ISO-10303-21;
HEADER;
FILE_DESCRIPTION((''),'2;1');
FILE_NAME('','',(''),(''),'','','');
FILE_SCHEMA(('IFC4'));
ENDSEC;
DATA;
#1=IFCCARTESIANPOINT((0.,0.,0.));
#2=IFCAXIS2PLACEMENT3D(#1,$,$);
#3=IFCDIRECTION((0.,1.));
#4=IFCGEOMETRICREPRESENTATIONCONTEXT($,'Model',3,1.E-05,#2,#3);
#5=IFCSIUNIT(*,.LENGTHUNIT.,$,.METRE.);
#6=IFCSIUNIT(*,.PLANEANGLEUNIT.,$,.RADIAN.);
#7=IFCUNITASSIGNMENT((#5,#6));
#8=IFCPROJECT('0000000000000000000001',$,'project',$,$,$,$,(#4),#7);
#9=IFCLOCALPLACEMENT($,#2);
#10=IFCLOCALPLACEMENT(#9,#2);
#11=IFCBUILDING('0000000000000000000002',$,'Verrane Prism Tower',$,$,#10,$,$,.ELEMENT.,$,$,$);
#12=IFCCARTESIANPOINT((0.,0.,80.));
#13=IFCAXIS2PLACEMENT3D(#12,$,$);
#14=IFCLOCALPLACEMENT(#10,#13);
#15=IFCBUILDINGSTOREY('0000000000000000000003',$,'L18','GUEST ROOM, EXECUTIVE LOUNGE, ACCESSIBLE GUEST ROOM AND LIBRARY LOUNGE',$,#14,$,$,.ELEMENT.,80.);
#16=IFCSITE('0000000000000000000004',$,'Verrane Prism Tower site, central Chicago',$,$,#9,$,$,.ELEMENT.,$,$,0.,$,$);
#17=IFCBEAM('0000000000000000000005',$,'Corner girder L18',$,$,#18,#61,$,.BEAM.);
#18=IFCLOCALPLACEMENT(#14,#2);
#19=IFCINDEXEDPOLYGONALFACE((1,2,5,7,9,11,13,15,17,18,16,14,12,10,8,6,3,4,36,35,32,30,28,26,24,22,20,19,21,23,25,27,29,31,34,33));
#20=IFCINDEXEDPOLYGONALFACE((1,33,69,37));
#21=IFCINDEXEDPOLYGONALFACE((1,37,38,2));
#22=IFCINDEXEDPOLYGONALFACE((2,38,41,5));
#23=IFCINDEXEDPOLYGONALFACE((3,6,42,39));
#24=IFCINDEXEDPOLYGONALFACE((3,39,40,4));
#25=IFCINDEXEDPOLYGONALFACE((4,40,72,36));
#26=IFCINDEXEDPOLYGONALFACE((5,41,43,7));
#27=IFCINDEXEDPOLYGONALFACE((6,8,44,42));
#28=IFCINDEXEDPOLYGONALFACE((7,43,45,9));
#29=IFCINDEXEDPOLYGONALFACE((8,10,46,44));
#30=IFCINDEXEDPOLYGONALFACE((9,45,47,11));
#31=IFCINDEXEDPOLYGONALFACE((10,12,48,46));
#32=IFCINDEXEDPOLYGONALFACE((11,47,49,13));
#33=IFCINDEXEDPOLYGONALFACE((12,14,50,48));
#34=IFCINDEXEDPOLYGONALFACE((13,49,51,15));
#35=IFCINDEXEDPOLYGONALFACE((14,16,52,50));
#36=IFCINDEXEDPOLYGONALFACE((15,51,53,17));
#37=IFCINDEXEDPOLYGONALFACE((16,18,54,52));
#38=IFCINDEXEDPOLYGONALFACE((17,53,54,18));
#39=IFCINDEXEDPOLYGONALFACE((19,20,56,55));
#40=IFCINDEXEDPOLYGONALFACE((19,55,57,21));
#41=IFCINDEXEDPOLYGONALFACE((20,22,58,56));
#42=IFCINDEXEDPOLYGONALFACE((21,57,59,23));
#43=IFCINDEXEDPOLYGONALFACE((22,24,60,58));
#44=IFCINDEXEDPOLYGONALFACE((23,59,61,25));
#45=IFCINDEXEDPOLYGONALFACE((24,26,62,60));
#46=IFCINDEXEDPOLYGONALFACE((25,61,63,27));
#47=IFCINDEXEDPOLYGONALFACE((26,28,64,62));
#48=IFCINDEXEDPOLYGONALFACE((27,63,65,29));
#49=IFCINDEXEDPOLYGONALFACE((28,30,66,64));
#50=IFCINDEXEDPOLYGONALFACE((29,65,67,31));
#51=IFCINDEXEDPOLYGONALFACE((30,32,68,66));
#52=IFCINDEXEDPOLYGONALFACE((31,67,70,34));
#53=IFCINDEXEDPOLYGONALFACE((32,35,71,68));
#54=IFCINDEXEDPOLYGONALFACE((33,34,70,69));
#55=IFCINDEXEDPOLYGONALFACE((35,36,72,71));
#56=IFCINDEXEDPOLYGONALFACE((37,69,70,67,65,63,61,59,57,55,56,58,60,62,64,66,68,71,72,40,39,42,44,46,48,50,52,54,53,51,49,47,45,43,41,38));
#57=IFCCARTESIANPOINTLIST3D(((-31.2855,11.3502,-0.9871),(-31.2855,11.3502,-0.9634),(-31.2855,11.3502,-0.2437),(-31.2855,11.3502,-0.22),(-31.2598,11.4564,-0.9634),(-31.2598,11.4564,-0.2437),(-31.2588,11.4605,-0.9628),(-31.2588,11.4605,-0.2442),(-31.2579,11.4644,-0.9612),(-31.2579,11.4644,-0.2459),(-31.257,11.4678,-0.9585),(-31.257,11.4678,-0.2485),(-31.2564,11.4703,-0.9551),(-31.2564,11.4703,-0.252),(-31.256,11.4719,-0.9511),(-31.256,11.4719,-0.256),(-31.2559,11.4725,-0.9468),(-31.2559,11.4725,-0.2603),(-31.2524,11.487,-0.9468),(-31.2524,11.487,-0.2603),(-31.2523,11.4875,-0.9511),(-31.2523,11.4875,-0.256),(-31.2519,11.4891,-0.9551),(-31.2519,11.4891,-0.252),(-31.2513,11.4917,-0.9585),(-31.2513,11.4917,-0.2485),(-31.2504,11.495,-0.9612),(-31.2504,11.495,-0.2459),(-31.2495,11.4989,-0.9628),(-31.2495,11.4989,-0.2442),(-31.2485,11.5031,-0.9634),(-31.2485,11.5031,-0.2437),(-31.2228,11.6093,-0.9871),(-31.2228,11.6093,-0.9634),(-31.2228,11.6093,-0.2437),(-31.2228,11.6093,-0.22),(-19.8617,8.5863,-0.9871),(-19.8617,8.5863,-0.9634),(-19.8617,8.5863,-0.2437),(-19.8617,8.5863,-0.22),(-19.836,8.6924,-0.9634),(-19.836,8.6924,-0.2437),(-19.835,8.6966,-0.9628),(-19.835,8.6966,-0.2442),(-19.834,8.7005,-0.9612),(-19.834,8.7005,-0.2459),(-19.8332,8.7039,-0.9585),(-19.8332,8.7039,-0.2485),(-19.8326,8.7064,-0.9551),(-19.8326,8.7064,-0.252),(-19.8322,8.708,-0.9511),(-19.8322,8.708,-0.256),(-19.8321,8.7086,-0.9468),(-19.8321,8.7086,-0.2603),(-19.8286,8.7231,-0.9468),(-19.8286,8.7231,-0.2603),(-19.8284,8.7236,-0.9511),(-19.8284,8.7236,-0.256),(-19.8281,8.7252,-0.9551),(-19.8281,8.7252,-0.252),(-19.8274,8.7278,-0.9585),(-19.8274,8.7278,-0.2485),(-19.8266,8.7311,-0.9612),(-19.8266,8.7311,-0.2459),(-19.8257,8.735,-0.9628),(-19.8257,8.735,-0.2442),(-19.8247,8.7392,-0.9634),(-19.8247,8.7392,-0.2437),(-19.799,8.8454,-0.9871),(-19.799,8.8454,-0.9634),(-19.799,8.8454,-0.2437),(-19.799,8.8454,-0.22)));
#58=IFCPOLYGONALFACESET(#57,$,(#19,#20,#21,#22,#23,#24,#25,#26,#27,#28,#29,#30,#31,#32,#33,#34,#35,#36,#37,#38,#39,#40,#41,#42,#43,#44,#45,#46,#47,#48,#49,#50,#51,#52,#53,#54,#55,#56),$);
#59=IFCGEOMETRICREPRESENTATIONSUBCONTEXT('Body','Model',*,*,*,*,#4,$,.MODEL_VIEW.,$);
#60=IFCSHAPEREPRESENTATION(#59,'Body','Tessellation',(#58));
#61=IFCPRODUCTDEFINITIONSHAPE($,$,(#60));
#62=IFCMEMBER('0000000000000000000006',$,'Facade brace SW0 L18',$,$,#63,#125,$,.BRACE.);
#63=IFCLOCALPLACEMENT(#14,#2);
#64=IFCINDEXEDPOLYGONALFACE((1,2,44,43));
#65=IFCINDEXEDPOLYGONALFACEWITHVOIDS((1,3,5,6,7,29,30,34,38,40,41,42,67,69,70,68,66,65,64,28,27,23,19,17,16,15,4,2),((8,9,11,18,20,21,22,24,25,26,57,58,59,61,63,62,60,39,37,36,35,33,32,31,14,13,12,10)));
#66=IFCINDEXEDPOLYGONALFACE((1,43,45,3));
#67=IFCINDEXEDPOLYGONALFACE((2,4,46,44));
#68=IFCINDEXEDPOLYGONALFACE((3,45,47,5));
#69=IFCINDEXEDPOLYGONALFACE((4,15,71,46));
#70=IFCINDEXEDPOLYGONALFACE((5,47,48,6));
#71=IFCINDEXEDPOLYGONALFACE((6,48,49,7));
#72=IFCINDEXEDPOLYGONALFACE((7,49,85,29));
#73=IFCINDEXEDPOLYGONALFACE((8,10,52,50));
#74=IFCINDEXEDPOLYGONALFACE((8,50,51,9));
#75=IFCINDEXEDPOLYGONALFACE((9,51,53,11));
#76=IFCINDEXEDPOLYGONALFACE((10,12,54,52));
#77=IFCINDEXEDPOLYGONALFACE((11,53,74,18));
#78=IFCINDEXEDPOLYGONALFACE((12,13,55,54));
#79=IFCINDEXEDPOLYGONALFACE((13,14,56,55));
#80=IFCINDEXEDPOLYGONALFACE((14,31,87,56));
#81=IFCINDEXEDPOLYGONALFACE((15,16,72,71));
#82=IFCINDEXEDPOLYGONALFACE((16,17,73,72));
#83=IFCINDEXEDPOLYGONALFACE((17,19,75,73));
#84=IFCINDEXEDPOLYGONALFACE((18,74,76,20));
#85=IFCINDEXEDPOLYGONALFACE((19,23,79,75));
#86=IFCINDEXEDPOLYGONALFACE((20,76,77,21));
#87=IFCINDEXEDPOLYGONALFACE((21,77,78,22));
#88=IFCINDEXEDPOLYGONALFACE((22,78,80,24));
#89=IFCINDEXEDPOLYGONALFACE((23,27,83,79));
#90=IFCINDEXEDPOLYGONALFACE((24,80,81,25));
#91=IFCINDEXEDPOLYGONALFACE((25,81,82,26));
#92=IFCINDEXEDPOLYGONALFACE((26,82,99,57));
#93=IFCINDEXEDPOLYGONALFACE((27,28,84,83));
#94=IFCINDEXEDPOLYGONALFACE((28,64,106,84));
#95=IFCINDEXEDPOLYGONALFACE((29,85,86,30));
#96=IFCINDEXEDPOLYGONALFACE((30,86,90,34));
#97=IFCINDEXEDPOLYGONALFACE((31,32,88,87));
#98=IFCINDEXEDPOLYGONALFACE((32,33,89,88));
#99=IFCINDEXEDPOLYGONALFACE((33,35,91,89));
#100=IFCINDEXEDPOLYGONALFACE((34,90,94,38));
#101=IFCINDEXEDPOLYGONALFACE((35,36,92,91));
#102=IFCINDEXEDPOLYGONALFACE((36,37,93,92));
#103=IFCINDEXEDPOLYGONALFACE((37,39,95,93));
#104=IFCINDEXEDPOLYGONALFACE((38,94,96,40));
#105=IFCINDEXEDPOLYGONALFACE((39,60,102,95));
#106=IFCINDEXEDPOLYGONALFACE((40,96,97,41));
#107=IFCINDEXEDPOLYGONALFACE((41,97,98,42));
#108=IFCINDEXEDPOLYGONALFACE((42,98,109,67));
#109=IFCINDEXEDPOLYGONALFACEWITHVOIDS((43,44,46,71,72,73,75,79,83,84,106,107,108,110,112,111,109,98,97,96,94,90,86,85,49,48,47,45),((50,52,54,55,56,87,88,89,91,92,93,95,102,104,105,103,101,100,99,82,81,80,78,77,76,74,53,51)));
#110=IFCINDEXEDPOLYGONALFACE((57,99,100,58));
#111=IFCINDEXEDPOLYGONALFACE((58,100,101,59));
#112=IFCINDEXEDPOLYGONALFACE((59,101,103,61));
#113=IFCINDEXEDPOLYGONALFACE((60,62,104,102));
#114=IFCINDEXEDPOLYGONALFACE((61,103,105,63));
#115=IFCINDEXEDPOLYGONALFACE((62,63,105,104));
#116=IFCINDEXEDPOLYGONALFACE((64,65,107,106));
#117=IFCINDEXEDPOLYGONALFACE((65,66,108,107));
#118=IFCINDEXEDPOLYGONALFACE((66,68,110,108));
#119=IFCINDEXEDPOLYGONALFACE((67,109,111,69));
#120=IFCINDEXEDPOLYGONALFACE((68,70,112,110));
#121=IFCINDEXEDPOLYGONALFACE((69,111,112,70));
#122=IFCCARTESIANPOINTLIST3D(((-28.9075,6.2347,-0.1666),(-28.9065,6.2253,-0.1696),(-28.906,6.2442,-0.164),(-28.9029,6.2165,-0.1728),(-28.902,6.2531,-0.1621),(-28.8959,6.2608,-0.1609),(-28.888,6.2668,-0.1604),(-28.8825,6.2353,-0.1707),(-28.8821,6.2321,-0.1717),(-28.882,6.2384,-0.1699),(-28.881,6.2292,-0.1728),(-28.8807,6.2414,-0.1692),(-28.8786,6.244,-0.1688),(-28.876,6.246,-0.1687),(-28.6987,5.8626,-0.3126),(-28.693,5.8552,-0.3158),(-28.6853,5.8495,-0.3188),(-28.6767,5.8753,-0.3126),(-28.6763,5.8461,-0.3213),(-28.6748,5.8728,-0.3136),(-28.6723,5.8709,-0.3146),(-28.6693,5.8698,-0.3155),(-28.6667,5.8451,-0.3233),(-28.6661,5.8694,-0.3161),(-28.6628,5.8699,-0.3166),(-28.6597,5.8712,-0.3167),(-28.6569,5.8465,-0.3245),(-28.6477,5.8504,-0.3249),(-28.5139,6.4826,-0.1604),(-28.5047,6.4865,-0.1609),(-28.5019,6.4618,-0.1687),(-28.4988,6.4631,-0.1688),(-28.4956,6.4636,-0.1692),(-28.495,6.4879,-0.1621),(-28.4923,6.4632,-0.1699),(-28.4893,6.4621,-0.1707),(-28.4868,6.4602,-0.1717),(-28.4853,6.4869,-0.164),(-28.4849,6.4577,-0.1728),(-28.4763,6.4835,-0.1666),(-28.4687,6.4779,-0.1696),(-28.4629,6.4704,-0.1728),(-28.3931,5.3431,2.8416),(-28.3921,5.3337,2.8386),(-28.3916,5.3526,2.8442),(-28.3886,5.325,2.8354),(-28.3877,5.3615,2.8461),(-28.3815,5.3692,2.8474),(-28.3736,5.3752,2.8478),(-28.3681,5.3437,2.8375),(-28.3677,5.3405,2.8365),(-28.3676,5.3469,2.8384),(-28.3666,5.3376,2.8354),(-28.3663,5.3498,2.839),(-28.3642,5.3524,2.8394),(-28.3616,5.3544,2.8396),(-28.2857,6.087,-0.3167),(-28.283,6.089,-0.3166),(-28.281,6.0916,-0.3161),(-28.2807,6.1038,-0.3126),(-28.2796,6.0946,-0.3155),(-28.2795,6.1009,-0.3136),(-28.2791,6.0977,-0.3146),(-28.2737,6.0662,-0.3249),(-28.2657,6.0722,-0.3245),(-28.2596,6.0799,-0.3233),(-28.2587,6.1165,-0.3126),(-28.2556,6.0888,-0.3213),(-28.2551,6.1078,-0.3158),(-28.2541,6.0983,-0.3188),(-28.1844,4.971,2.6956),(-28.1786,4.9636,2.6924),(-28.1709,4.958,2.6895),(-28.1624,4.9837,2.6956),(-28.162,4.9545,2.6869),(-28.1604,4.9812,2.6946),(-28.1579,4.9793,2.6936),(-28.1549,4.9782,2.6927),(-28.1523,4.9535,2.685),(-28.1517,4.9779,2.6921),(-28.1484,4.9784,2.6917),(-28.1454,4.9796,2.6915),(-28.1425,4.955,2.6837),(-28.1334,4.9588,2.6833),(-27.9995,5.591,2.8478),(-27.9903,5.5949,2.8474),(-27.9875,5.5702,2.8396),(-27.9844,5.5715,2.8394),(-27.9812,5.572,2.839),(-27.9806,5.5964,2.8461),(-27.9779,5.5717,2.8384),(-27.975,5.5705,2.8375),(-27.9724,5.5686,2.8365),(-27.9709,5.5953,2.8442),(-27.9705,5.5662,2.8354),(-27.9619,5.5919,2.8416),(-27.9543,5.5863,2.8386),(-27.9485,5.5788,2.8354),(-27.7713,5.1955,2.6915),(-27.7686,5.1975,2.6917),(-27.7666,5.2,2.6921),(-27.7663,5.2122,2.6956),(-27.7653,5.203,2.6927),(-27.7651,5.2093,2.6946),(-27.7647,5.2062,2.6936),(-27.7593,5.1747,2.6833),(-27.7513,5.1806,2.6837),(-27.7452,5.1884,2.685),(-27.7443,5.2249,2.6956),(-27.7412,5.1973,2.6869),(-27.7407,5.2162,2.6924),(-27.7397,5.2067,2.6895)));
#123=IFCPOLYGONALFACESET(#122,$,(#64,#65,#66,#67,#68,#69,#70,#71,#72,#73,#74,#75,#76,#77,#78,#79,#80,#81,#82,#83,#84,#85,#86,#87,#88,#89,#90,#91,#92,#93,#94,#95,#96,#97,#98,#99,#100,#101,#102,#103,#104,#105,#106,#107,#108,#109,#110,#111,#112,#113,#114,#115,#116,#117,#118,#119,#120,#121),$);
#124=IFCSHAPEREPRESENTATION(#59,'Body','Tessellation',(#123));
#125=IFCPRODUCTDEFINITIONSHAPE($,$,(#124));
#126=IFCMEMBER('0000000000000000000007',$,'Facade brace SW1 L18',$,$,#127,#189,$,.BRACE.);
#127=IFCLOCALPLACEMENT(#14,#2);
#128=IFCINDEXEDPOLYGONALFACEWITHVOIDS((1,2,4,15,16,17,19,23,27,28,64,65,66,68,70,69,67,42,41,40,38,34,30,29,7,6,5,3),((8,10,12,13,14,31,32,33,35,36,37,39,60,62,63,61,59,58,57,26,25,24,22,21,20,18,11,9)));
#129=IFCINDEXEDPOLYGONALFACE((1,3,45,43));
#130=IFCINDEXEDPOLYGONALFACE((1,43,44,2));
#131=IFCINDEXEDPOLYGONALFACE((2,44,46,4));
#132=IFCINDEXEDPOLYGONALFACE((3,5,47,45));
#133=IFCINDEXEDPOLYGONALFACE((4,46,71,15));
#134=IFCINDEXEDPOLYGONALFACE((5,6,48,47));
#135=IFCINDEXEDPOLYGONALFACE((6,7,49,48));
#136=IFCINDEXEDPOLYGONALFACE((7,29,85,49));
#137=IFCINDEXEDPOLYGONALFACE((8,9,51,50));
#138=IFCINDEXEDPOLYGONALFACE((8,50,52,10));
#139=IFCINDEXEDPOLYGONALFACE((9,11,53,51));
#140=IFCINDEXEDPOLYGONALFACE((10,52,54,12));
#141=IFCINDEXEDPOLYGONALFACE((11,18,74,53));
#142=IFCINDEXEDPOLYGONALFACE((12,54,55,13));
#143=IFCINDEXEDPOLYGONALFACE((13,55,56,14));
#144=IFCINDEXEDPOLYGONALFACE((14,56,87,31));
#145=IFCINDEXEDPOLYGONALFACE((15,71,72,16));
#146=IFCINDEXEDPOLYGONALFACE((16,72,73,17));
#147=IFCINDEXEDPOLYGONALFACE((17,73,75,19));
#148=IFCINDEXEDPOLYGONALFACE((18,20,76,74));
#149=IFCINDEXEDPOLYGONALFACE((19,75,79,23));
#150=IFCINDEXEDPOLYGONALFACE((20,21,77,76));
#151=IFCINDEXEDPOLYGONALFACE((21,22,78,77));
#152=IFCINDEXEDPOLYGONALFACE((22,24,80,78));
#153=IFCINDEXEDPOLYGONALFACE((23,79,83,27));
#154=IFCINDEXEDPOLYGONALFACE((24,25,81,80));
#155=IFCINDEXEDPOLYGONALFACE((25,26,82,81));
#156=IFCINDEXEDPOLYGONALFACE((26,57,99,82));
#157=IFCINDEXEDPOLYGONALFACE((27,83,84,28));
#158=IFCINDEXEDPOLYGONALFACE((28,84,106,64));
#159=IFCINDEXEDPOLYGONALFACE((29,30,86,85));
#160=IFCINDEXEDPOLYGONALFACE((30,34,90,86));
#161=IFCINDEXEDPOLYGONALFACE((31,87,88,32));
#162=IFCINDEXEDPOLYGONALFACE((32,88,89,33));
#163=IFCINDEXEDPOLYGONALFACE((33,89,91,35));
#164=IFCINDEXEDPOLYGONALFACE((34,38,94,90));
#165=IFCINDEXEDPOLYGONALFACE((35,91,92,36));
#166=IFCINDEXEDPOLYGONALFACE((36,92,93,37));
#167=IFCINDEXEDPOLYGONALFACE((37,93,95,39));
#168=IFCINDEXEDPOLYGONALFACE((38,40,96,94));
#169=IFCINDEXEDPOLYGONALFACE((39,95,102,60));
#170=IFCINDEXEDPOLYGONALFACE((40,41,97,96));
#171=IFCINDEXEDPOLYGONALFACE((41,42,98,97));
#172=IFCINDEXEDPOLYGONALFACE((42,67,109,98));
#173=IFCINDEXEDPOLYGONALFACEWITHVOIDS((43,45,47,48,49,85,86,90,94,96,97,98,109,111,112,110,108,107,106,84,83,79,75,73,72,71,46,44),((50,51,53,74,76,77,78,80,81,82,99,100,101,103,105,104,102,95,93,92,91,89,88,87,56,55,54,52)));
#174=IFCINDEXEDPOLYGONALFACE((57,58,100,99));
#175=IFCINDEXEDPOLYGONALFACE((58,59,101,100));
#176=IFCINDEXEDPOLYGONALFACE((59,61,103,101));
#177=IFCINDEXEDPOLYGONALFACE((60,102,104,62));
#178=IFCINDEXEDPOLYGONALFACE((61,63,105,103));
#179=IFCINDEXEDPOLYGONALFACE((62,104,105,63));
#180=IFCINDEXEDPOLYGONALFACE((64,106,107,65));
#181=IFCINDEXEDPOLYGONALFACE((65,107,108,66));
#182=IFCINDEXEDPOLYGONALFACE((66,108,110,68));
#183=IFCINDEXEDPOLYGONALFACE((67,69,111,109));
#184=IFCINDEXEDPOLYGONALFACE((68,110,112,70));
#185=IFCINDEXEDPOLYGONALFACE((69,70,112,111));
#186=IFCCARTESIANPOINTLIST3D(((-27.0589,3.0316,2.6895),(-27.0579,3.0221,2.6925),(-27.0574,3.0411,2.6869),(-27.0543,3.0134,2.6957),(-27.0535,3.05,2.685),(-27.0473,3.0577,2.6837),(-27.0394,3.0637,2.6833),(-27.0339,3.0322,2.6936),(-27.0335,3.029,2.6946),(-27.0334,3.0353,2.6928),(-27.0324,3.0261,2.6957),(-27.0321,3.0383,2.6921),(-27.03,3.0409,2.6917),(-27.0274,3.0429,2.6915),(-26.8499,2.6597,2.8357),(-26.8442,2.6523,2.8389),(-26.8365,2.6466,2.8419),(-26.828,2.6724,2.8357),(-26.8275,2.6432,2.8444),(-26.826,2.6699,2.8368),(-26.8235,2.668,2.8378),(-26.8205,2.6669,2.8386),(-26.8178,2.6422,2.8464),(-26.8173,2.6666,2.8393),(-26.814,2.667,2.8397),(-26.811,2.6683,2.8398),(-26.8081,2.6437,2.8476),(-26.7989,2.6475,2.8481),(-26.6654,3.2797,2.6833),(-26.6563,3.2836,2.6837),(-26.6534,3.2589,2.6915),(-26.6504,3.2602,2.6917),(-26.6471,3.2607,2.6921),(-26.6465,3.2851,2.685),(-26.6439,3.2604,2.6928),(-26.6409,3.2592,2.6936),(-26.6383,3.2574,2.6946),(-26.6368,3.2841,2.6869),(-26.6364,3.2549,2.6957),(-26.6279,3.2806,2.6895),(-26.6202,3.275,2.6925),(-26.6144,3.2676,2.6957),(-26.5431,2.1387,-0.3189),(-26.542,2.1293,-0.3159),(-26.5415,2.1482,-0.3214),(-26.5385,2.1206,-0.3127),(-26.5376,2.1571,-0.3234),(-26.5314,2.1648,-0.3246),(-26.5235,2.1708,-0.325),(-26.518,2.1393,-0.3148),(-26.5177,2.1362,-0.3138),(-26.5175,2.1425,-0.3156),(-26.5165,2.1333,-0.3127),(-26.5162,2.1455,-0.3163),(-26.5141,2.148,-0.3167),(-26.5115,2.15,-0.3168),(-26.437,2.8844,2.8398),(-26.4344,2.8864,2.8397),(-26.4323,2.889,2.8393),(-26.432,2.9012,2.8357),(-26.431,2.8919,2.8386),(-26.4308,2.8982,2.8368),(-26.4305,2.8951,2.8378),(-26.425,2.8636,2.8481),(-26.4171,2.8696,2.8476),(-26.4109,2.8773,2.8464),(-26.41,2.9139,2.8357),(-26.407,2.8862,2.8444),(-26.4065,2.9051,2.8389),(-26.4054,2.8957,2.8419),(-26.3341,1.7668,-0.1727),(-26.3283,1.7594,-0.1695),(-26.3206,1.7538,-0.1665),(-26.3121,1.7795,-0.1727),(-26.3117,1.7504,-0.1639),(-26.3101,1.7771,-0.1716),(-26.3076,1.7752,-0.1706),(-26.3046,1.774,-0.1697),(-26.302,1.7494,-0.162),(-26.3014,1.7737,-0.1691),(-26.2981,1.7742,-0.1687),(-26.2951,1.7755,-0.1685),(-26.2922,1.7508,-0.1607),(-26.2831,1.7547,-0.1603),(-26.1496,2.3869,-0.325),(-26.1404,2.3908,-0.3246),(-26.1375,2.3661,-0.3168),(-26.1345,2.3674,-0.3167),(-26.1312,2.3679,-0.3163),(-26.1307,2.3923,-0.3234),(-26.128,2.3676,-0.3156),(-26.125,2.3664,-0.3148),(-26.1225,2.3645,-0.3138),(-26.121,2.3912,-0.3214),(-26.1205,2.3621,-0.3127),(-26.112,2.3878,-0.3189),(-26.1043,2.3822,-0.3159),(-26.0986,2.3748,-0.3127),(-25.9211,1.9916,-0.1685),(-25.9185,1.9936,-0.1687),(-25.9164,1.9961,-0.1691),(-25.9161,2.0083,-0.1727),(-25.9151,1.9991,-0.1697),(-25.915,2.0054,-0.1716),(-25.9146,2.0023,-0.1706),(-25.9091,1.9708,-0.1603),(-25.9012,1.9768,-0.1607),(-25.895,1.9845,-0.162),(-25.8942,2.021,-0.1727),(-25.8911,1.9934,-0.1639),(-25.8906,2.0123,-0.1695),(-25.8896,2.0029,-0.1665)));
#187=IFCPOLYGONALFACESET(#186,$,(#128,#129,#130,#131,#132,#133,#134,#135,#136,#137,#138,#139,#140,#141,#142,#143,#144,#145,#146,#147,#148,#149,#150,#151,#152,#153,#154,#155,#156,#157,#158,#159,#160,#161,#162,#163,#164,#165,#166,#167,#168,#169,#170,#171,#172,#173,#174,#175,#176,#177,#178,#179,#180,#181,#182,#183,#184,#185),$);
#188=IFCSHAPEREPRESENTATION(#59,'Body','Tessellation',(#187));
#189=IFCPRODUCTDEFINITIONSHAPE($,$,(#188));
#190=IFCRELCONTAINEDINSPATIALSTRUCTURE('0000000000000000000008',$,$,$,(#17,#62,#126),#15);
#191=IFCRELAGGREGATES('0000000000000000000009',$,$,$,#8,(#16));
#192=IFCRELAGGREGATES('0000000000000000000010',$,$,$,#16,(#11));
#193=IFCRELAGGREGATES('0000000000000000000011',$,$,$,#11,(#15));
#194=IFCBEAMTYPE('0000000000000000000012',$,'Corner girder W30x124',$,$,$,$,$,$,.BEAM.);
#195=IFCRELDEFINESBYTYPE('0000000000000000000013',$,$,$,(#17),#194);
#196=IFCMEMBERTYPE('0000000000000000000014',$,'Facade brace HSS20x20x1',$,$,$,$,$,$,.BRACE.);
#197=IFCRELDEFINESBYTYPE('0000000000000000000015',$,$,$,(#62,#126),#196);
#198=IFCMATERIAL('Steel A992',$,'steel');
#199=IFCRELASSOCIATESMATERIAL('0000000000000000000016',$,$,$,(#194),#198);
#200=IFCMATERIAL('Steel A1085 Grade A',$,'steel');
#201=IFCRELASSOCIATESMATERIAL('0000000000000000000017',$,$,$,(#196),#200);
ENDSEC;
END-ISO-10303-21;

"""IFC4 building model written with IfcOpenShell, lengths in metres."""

from ifc_helpers import new_model, si_unit, direction, frame, origin, origin_2d, place, context, subcontext, project, spatial, hollow_rectangle, i_section, extrude, material, material_profile, profile_set, type_object, element, save


model = new_model("IFC4")

# Units and contexts
model_context = context("Model", 3, precision=1e-05, world=origin(), true_north=direction((0.0, 1.0)))
body_context = subcontext(model_context, "Body", "Model", "MODEL_VIEW")
ifc_project = project(units=[si_unit("LENGTHUNIT", "METRE"), si_unit("PLANEANGLEUNIT", "RADIAN")], contexts=[model_context])

# Site, building, storey
site_placement = place(None, origin())
site = spatial("IfcSite", under=ifc_project, at=site_placement, Name="Verrane Prism Tower site, central Chicago", CompositionType="ELEMENT", RefElevation=0.0)
building_placement = place(site_placement, origin())
building = spatial("IfcBuilding", under=site, at=building_placement, Name="Verrane Prism Tower", CompositionType="ELEMENT")
storey_placement = place(building_placement, frame((0.0, 0.0, 80.0)))
storey = spatial("IfcBuildingStorey", under=building, at=storey_placement, Name="L18", Description="GUEST ROOM, EXECUTIVE LOUNGE, ACCESSIBLE GUEST ROOM AND LIBRARY LOUNGE", CompositionType="ELEMENT", Elevation=80.0)

# Beam
ifc_material_1 = material(Name="Steel A992", Category="steel")
ifc_material_profile_1 = material_profile(ifc_material_1, i_section(OverallWidth=0.2666, OverallDepth=0.7671, WebThickness=0.0149, FlangeThickness=0.0237, FilletRadius=0.0166, at=origin_2d()), Name="W30x124")
ifc_profile_set_1 = profile_set([ifc_material_profile_1], Name="Steel A992")
beam_type_1 = type_object("IfcBeamType", Name="Corner girder W30x124", PredefinedType="BEAM", material=ifc_profile_set_1)
beam_1_placement = place(storey_placement, frame((-31.2542, 11.4797, -0.6035), z_axis=(0.971957, -0.235158, 0.0), x_axis=(0.235158, 0.971957, 0.0)))
element("IfcBeam", 1, at=beam_1_placement, inside=storey, type_object=beam_type_1, Name="Corner girder L18", PredefinedType="BEAM", context=body_context, shape_type="SweptSolid", body=[
    extrude(i_section(OverallWidth=0.2666, OverallDepth=0.7671, WebThickness=0.0149, FlangeThickness=0.0237, FilletRadius=0.0166, at=origin_2d()), origin(), (0.0, 0.0, 1.0), 11.7534),
])

# Members
ifc_material_2 = material(Name="Steel A1085 Grade A", Category="steel")
ifc_material_profile_2 = material_profile(ifc_material_2, hollow_rectangle(XDim=0.5081, YDim=0.5081, WallThickness=0.0254, InnerFilletRadius=0.0127, OuterFilletRadius=0.0381, at=origin_2d()), Name="HSS20x20x1")
ifc_profile_set_2 = profile_set([ifc_material_profile_2], Name="Steel A1085 Grade A")
member_type_1 = type_object("IfcMemberType", Name="Facade brace HSS20x20x1", PredefinedType="BRACE", material=ifc_profile_set_2)
member_1_placement = place(storey_placement, frame((-28.5808, 6.1665, -0.2427), z_axis=(0.161786, -0.280419, 0.946145), x_axis=(0.866178, 0.499736, 0.0)))
element("IfcMember", 2, at=member_1_placement, inside=storey, type_object=member_type_1, Name="Facade brace SW0 L18", PredefinedType="BRACE", context=body_context, shape_type="SweptSolid", body=[
    extrude(hollow_rectangle(XDim=0.5081, YDim=0.5081, WallThickness=0.0254, InnerFilletRadius=0.0127, OuterFilletRadius=0.0381, at=origin_2d()), origin(), (0.0, 0.0, 1.0), 3.1794),
])
member_2_placement = place(storey_placement, frame((-26.2163, 2.0708, -0.2427), z_axis=(-0.162217, 0.280752, 0.945973), x_axis=(-0.865858, -0.500289, 0.0)))
element("IfcMember", 3, at=member_2_placement, inside=storey, type_object=member_type_1, Name="Facade brace SW1 L18", PredefinedType="BRACE", context=body_context, shape_type="SweptSolid", body=[
    extrude(hollow_rectangle(XDim=0.5081, YDim=0.5081, WallThickness=0.0254, InnerFilletRadius=0.0127, OuterFilletRadius=0.0381, at=origin_2d()), origin(), (0.0, 0.0, 1.0), 3.1802),
])

save(model, "model.ifc")
